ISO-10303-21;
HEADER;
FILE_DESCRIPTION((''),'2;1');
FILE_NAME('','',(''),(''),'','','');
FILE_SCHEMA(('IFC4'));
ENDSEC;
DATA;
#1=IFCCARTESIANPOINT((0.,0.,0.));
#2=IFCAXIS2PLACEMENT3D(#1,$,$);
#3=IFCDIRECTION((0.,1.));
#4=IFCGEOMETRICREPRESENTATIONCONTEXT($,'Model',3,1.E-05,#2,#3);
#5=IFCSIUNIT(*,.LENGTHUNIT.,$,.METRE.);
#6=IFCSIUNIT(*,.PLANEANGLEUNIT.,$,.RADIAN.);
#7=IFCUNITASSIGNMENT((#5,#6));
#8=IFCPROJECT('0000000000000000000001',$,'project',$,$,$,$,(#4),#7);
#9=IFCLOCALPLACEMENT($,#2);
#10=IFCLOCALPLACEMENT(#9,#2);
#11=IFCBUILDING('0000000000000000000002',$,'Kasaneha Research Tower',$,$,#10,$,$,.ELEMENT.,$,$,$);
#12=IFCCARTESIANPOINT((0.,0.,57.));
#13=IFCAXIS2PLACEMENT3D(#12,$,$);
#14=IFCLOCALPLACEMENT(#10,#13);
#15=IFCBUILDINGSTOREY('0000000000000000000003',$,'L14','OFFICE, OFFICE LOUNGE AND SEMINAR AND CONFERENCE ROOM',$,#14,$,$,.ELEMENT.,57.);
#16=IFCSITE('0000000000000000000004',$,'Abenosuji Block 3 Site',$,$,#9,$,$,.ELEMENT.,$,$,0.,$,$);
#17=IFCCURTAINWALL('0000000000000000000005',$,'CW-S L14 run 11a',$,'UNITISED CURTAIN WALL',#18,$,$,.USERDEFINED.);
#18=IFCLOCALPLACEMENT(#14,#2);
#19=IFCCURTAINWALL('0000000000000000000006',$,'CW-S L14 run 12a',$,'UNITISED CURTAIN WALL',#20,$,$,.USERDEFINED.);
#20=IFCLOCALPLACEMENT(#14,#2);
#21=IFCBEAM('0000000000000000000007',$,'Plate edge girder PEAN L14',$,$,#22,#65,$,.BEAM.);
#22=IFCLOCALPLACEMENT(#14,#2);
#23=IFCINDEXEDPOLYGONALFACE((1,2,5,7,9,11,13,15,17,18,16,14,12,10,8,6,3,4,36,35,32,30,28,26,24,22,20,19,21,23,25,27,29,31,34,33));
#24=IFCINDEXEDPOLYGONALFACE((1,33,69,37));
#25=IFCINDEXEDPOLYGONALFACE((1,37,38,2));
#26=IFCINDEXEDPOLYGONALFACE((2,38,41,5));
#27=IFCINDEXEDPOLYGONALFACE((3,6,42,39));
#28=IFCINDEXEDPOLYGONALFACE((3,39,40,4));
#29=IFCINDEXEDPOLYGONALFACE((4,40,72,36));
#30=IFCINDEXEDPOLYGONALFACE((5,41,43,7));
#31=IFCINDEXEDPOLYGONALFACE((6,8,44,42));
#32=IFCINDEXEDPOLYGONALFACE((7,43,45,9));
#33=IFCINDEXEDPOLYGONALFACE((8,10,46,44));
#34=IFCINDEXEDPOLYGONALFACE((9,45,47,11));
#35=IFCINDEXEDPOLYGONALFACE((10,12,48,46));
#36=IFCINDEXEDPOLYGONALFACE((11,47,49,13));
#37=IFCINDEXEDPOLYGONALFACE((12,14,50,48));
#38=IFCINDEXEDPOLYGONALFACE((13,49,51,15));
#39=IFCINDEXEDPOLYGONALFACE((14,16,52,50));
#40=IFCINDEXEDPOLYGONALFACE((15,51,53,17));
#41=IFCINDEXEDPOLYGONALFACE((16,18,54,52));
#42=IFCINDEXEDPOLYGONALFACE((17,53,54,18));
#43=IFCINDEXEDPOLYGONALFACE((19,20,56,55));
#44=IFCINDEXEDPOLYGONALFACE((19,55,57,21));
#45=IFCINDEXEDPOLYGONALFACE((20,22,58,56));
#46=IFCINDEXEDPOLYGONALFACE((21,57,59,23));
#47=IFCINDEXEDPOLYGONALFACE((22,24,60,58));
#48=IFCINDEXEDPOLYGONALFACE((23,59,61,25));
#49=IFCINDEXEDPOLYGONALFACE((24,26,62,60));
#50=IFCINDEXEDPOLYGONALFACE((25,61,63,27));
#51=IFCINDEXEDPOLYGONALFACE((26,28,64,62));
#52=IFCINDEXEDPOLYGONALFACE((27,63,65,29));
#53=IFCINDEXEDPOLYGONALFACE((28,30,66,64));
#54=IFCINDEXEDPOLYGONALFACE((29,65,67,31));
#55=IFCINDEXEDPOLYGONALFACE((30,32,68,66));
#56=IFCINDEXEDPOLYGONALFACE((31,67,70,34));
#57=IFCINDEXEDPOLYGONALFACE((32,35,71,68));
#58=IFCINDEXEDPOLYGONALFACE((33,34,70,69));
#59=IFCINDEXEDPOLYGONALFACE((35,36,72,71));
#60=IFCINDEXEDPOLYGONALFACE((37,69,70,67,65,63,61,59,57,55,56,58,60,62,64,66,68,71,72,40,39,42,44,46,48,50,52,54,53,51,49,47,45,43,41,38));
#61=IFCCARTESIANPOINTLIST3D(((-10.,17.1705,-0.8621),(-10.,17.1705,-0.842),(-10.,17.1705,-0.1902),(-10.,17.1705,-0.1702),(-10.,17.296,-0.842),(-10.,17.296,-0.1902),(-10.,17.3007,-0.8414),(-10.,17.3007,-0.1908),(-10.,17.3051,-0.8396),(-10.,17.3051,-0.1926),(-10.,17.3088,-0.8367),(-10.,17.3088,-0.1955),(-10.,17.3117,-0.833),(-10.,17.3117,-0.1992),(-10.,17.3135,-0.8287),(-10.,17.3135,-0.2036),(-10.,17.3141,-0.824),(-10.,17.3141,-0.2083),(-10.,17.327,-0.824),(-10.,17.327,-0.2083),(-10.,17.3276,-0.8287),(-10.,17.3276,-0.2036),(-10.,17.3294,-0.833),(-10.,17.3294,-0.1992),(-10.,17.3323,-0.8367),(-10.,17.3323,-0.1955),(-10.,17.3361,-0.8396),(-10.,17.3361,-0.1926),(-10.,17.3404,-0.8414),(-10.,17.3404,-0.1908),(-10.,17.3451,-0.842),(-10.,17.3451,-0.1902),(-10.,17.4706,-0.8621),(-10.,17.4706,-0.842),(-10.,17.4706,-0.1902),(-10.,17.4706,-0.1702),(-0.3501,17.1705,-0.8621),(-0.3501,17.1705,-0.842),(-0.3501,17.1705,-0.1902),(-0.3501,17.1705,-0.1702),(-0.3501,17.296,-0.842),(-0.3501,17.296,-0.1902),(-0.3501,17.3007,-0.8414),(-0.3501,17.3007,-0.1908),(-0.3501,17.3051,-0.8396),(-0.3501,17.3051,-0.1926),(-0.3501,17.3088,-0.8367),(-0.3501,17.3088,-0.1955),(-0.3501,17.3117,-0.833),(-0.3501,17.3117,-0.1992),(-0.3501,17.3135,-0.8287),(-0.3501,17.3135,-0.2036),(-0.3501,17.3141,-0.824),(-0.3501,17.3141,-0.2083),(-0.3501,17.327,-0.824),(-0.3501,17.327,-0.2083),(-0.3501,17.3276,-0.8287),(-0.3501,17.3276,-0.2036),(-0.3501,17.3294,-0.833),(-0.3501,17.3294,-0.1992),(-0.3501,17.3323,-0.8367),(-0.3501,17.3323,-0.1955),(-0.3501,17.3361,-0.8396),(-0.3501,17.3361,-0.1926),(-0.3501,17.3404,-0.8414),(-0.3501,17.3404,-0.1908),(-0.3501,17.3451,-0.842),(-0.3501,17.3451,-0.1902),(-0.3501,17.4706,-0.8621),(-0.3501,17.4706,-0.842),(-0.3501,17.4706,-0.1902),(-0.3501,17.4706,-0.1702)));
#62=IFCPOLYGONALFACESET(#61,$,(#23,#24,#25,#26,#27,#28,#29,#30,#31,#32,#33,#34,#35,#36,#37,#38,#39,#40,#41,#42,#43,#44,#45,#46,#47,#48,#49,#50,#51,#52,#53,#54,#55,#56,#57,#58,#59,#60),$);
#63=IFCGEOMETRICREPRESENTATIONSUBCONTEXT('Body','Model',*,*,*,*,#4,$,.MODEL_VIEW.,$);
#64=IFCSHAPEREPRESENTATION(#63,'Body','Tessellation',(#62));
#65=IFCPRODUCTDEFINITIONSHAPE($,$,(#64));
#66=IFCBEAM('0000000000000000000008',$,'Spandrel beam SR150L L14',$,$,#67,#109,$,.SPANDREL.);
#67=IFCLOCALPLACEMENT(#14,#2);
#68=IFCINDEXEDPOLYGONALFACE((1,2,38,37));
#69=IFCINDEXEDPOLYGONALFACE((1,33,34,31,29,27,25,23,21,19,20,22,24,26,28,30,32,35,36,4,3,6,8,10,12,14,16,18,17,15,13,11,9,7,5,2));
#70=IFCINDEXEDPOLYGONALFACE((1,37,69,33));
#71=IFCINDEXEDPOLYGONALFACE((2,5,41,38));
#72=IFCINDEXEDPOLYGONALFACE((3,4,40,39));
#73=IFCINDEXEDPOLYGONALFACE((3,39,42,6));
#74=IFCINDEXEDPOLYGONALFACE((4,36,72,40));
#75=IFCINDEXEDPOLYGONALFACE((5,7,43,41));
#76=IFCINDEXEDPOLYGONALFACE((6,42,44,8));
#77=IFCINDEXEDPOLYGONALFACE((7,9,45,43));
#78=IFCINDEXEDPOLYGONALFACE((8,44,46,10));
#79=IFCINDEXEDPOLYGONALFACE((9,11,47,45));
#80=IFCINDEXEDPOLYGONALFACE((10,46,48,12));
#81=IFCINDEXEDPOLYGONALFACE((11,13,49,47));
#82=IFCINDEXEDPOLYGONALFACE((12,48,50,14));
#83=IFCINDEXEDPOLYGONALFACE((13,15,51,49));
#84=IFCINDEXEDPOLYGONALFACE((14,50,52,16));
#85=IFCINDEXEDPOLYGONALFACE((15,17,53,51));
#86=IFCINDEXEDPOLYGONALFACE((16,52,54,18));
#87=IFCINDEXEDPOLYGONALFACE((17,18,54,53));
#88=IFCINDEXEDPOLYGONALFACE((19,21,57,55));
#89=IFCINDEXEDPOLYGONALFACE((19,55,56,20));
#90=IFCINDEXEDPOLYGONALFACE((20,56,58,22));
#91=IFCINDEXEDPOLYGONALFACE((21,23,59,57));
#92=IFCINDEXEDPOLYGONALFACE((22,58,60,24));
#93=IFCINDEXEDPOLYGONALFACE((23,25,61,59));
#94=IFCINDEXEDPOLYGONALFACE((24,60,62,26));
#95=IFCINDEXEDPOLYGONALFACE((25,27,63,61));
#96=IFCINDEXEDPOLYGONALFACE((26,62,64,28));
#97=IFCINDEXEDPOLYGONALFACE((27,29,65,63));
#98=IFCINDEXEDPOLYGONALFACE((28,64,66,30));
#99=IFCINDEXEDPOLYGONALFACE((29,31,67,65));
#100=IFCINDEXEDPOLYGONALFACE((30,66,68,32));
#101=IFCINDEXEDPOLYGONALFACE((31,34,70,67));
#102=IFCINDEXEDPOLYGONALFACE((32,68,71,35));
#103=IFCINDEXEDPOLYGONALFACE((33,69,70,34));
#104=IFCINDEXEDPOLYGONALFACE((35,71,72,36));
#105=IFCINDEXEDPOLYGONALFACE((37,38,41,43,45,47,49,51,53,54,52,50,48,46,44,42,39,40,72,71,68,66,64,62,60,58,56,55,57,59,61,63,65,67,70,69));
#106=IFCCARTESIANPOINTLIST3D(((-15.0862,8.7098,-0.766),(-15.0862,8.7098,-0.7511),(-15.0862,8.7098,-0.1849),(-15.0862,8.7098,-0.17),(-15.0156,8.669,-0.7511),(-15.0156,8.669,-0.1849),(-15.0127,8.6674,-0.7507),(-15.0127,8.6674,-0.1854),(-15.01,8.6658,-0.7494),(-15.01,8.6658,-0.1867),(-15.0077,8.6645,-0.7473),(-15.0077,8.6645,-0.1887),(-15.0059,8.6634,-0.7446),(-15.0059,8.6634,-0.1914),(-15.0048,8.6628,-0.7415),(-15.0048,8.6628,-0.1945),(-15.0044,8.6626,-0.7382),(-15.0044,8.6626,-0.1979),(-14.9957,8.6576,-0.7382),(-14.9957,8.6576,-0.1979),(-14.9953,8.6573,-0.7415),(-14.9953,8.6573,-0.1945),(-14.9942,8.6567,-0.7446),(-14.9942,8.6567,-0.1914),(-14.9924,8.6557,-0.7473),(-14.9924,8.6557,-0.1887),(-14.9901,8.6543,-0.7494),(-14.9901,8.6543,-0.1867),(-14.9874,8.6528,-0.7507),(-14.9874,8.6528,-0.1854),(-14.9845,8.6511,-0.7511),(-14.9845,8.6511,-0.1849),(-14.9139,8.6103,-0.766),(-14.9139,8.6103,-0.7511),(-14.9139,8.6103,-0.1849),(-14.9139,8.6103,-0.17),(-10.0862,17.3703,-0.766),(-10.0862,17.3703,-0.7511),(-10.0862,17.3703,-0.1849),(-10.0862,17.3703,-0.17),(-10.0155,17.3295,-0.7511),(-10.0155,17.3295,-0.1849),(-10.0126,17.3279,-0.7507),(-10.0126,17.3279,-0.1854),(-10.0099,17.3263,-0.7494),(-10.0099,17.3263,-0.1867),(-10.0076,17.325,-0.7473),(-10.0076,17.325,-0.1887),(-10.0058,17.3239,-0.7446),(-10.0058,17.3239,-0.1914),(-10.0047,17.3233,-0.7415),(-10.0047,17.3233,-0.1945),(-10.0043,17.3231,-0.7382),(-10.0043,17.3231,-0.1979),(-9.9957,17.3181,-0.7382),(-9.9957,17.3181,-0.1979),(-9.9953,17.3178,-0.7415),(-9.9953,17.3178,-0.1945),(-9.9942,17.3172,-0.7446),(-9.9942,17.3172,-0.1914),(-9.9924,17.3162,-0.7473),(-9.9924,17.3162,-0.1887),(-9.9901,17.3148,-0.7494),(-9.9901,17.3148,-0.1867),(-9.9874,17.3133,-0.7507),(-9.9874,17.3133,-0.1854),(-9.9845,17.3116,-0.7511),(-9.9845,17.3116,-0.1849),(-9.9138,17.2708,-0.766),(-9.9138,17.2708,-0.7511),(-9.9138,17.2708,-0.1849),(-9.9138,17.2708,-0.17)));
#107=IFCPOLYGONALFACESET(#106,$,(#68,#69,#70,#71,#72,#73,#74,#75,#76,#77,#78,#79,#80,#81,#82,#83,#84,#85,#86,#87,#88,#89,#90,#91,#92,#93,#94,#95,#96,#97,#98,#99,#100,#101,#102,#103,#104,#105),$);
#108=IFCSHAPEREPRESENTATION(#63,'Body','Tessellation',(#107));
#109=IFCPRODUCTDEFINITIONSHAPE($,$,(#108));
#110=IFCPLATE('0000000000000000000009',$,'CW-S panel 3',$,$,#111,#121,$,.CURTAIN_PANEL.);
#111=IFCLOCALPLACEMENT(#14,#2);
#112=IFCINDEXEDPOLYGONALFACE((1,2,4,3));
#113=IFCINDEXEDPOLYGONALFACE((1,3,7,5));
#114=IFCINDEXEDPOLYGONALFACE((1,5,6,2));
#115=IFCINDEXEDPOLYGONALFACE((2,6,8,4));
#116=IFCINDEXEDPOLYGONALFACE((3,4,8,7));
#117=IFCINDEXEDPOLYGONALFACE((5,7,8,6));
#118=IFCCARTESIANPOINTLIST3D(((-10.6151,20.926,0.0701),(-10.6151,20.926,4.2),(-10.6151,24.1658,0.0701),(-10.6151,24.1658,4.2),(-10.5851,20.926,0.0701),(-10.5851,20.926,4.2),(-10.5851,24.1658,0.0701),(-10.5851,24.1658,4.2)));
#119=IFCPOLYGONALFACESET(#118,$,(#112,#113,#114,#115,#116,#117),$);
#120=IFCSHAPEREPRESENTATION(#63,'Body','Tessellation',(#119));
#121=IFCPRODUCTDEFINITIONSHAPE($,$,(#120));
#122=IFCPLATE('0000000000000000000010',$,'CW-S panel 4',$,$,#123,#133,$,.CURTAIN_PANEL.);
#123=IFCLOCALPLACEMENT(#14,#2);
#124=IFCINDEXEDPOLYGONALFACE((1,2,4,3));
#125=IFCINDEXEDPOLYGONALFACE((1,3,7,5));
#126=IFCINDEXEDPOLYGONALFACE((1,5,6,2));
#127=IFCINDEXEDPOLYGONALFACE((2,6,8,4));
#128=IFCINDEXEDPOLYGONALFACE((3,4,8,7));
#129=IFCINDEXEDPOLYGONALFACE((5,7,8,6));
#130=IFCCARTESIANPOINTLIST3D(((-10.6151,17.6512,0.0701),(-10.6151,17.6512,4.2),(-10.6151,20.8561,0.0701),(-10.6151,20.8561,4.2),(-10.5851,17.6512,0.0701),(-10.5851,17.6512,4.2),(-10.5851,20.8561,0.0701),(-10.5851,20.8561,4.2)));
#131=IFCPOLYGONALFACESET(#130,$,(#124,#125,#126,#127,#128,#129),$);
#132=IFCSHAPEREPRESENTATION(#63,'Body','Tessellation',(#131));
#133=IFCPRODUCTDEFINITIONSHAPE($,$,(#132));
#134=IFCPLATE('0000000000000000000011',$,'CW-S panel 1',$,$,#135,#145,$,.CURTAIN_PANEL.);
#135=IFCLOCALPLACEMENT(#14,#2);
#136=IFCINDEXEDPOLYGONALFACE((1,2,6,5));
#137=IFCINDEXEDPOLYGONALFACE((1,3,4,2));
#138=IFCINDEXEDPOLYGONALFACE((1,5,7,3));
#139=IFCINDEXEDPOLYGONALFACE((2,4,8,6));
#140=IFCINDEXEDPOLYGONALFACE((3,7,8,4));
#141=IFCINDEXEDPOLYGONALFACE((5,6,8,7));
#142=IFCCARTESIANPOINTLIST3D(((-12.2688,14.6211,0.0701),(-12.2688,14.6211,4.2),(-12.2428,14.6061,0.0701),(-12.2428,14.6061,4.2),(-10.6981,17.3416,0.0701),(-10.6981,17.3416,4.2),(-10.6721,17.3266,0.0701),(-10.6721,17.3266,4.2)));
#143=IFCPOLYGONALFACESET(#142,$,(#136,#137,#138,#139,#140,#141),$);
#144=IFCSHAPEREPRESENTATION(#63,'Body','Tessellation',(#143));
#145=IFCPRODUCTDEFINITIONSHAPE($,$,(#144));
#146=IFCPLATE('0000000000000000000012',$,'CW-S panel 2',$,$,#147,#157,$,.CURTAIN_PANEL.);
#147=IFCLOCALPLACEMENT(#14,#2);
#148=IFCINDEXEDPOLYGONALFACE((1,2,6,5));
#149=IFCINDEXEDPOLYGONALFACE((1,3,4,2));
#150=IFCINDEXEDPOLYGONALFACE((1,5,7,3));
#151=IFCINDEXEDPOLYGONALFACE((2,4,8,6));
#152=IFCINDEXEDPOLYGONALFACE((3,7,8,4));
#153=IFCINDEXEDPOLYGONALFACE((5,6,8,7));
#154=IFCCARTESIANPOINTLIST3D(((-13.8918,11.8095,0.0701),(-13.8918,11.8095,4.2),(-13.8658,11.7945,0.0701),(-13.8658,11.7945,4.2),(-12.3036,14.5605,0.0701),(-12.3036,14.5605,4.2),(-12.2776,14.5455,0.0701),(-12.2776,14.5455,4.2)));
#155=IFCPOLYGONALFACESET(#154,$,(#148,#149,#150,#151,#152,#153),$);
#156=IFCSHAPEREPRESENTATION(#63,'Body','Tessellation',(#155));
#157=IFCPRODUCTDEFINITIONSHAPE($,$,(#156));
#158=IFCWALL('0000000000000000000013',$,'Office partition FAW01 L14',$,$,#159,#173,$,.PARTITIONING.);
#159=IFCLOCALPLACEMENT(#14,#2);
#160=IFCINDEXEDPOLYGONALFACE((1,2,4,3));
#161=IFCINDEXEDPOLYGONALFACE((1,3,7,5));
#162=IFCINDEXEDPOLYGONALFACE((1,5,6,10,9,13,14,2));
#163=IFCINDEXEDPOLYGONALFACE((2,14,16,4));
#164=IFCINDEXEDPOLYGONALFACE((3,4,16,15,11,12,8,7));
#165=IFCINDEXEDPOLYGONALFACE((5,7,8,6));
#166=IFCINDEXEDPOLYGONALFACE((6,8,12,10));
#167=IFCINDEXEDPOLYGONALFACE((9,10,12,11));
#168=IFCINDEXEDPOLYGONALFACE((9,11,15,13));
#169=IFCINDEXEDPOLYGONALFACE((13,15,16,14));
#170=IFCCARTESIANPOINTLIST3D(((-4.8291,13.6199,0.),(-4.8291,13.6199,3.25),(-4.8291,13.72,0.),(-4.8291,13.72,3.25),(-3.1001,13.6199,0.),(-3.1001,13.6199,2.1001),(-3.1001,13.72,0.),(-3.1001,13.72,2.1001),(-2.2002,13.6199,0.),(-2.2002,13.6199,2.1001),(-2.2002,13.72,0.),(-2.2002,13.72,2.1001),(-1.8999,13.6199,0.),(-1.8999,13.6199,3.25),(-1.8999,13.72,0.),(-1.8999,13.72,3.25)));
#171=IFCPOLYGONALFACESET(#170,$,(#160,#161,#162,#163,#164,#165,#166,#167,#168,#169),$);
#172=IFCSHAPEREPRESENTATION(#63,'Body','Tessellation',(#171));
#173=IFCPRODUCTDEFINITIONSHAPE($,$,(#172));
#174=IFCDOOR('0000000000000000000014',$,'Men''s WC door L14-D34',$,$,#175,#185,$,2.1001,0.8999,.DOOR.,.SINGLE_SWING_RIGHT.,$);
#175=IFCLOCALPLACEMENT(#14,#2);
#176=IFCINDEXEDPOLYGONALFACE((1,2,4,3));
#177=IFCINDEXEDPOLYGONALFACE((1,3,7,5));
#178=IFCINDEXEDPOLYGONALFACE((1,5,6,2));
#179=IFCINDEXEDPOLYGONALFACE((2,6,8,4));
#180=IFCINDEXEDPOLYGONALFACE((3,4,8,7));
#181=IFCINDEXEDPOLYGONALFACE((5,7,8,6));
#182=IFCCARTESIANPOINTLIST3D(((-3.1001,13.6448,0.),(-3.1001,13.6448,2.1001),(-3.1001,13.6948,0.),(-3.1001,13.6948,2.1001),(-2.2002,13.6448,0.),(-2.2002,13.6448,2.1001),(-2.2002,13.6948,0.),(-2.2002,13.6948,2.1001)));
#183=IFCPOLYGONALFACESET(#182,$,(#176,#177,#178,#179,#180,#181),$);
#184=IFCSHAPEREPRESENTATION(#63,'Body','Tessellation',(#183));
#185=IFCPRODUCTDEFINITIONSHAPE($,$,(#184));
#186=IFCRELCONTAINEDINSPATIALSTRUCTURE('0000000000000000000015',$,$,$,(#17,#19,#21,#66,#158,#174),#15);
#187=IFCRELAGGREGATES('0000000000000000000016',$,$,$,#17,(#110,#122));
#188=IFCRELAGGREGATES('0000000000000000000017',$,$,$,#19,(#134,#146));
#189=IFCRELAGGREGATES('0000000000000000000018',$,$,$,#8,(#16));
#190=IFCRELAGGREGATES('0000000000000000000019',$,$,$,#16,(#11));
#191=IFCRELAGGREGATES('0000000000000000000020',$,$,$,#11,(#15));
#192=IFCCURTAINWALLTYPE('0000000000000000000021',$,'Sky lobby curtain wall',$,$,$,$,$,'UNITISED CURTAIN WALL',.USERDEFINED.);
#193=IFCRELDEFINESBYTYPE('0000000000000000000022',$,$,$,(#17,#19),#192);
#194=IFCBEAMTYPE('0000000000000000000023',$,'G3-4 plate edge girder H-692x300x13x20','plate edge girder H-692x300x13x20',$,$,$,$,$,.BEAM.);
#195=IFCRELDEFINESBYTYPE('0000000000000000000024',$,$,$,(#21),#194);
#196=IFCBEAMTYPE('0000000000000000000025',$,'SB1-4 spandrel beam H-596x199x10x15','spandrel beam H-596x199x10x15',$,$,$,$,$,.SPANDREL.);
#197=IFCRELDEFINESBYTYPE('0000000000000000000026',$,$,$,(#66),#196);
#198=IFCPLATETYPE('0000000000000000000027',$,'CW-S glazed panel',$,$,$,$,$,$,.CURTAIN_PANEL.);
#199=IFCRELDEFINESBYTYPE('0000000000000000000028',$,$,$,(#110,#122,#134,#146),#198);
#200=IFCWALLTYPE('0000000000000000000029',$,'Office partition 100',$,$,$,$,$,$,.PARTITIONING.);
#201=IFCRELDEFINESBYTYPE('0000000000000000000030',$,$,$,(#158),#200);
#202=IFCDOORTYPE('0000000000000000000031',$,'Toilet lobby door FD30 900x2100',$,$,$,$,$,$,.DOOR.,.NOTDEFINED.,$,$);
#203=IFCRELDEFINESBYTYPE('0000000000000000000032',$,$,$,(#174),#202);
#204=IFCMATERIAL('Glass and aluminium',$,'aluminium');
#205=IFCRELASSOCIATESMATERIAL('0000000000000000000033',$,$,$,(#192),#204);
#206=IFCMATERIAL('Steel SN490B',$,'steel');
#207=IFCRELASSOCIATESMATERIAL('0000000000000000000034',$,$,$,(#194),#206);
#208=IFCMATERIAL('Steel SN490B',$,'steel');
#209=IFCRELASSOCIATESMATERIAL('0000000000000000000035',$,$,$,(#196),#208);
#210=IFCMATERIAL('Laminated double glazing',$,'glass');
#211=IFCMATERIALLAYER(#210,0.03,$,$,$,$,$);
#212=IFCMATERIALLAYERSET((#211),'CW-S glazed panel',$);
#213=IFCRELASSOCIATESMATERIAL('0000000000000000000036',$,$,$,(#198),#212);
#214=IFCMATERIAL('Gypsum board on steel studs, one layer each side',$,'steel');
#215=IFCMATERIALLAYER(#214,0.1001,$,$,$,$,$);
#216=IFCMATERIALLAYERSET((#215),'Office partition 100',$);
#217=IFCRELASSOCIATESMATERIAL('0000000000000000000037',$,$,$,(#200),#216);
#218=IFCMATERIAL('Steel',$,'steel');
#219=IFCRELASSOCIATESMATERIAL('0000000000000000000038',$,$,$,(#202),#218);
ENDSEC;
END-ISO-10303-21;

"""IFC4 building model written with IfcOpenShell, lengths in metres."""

from ifc_helpers import new_model, si_unit, direction, frame, frame_2d, origin, origin_2d, place, context, subcontext, project, spatial, rectangle, i_section, extrude, material, layer, layer_set, material_profile, profile_set, type_object, element, fill, aggregate, save


model = new_model("IFC4")

# Units and contexts
model_context = context("Model", 3, precision=1e-05, world=origin(), true_north=direction((0.0, 1.0)))
body_context = subcontext(model_context, "Body", "Model", "MODEL_VIEW")
ifc_project = project(units=[si_unit("LENGTHUNIT", "METRE"), si_unit("PLANEANGLEUNIT", "RADIAN")], contexts=[model_context])

# Site, building, storey
site_placement = place(None, origin())
site = spatial("IfcSite", under=ifc_project, at=site_placement, Name="Abenosuji Block 3 Site", CompositionType="ELEMENT", RefElevation=0.0)
building_placement = place(site_placement, origin())
building = spatial("IfcBuilding", under=site, at=building_placement, Name="Kasaneha Research Tower", CompositionType="ELEMENT")
storey_placement = place(building_placement, frame((0.0, 0.0, 57.0)))
storey = spatial("IfcBuildingStorey", under=building, at=storey_placement, Name="L14", Description="OFFICE, OFFICE LOUNGE AND SEMINAR AND CONFERENCE ROOM", CompositionType="ELEMENT", Elevation=57.0)

# Curtain walls
ifc_material_1 = material(Name="Glass and aluminium", Category="aluminium")
curtain_wall_type = type_object("IfcCurtainWallType", Name="Sky lobby curtain wall", ElementType="UNITISED CURTAIN WALL", PredefinedType="USERDEFINED", material=ifc_material_1)
curtain_wall_1_placement = place(storey_placement, origin())
curtain_wall_1 = element("IfcCurtainWall", 1, at=curtain_wall_1_placement, inside=storey, type_object=curtain_wall_type, Name="CW-S L14 run 11a", ObjectType="UNITISED CURTAIN WALL", PredefinedType="USERDEFINED")
curtain_wall_2_placement = place(storey_placement, origin())
curtain_wall_2 = element("IfcCurtainWall", 2, at=curtain_wall_2_placement, inside=storey, type_object=curtain_wall_type, Name="CW-S L14 run 12a", ObjectType="UNITISED CURTAIN WALL", PredefinedType="USERDEFINED")

# Beams
ifc_material_2 = material(Name="Steel SN490B", Category="steel")
ifc_material_profile_1 = material_profile(ifc_material_2, i_section(OverallWidth=0.3, OverallDepth=0.6919, WebThickness=0.0129, FlangeThickness=0.02, FilletRadius=0.0181, at=origin_2d()), Name="H-692x300x13x20")
ifc_profile_set_1 = profile_set([ifc_material_profile_1], Name="Steel SN490B")
beam_type_1 = type_object("IfcBeamType", Name="G3-4 plate edge girder H-692x300x13x20", Description="plate edge girder H-692x300x13x20", PredefinedType="BEAM", material=ifc_profile_set_1)
beam_1_placement = place(storey_placement, frame((-10.0, 17.3206, -0.5161), z_axis=(1.0, 0.0, 0.0), x_axis=(0.0, 1.0, 0.0)))
element("IfcBeam", 3, at=beam_1_placement, inside=storey, type_object=beam_type_1, Name="Plate edge girder PEAN L14", PredefinedType="BEAM", context=body_context, shape_type="SweptSolid", body=[
    extrude(i_section(OverallWidth=0.3, OverallDepth=0.6919, WebThickness=0.0129, FlangeThickness=0.02, FilletRadius=0.0181, at=origin_2d()), origin(), (0.0, 0.0, 1.0), 9.6499),
])
ifc_material_3 = material(Name="Steel SN490B", Category="steel")
ifc_material_profile_2 = material_profile(ifc_material_3, i_section(OverallWidth=0.199, OverallDepth=0.5959, WebThickness=0.01, FlangeThickness=0.0149, FilletRadius=0.0129, at=origin_2d()), Name="H-596x199x10x15")
ifc_profile_set_2 = profile_set([ifc_material_profile_2], Name="Steel SN490B")
beam_type_2 = type_object("IfcBeamType", Name="SB1-4 spandrel beam H-596x199x10x15", Description="spandrel beam H-596x199x10x15", PredefinedType="SPANDREL", material=ifc_profile_set_2)
beam_2_placement = place(storey_placement, frame((-10.0, 17.3206, -0.468), z_axis=(-0.499994, -0.866029, 0.0), x_axis=(0.866029, -0.499994, 0.0)))
element("IfcBeam", 4, at=beam_2_placement, inside=storey, type_object=beam_type_2, Name="Spandrel beam SR150L L14", PredefinedType="SPANDREL", context=body_context, shape_type="SweptSolid", body=[
    extrude(i_section(OverallWidth=0.199, OverallDepth=0.5959, WebThickness=0.01, FlangeThickness=0.0149, FilletRadius=0.0129, at=origin_2d()), origin(), (0.0, 0.0, 1.0), 10.0002),
])

# Plates
ifc_material_4 = material(Name="Laminated double glazing", Category="glass")
ifc_layer_1 = layer(ifc_material_4, 0.03)
ifc_layer_set_1 = layer_set([ifc_layer_1], Name="CW-S glazed panel")
plate_type = type_object("IfcPlateType", Name="CW-S glazed panel", PredefinedType="CURTAIN_PANEL", material=ifc_layer_set_1)
plate_1_placement = place(storey_placement, frame((-10.6001, 22.5459, 0.0701), z_axis=(0.0, 0.0, 1.0), x_axis=(0.0, -1.0, 0.0)))
plate_1 = element("IfcPlate", 5, at=plate_1_placement, type_object=plate_type, Name="CW-S panel 3", PredefinedType="CURTAIN_PANEL", context=body_context, shape_type="SweptSolid", body=[
    extrude(rectangle(XDim=3.2397, YDim=0.03, at=origin_2d()), origin(), (0.0, 0.0, 1.0), 4.1299),
])
plate_2_placement = place(storey_placement, frame((-10.6001, 19.2537, 0.0701), z_axis=(0.0, 0.0, 1.0), x_axis=(0.0, -1.0, 0.0)))
plate_2 = element("IfcPlate", 6, at=plate_2_placement, type_object=plate_type, Name="CW-S panel 4", PredefinedType="CURTAIN_PANEL", context=body_context, shape_type="SweptSolid", body=[
    extrude(rectangle(XDim=3.2048, YDim=0.03, at=origin_2d()), origin(), (0.0, 0.0, 1.0), 4.1299),
])
aggregate(curtain_wall_1, [plate_1, plate_2])
plate_3_placement = place(storey_placement, frame((-11.4705, 15.9739, 0.0701), z_axis=(0.0, 0.0, 1.0), x_axis=(-0.5, -0.866025, 0.0)))
plate_3 = element("IfcPlate", 7, at=plate_3_placement, type_object=plate_type, Name="CW-S panel 1", PredefinedType="CURTAIN_PANEL", context=body_context, shape_type="SweptSolid", body=[
    extrude(rectangle(XDim=3.1414, YDim=0.03, at=origin_2d()), origin(), (0.0, 0.0, 1.0), 4.1299),
])
plate_4_placement = place(storey_placement, frame((-13.0847, 13.1775, 0.0701), z_axis=(0.0, 0.0, 1.0), x_axis=(-0.5, -0.866025, 0.0)))
plate_4 = element("IfcPlate", 8, at=plate_4_placement, type_object=plate_type, Name="CW-S panel 2", PredefinedType="CURTAIN_PANEL", context=body_context, shape_type="SweptSolid", body=[
    extrude(rectangle(XDim=3.1765, YDim=0.03, at=origin_2d()), origin(), (0.0, 0.0, 1.0), 4.1299),
])
aggregate(curtain_wall_2, [plate_3, plate_4])

# Wall, opening, door
ifc_material_5 = material(Name="Gypsum board on steel studs, one layer each side", Category="steel")
ifc_layer_2 = layer(ifc_material_5, 0.1001)
ifc_layer_set_2 = layer_set([ifc_layer_2], Name="Office partition 100")
wall_type_1 = type_object("IfcWallType", Name="Office partition 100", PredefinedType="PARTITIONING", material=ifc_layer_set_2)
wall_1_placement = place(storey_placement, frame((-4.8291, 13.6699, 0.0), z_axis=(0.0, 0.0, 1.0), x_axis=(1.0, 0.0, 0.0)))
wall_1 = element("IfcWall", 9, at=wall_1_placement, inside=storey, type_object=wall_type_1, Name="Office partition FAW01 L14", PredefinedType="PARTITIONING", context=body_context, shape_type="SweptSolid", body=[
    extrude(rectangle(XDim=2.9292, YDim=0.1001, at=frame_2d((1.4646, 0.0))), origin(), (0.0, 0.0, 1.0), 3.25),
])
opening_1_placement = place(wall_1_placement, frame((1.729, 0.0, 0.0)))
opening_1 = element("IfcOpeningElement", 10, at=opening_1_placement, cuts=wall_1, PredefinedType="OPENING", context=body_context, shape_type="SweptSolid", body=[
    extrude(rectangle(XDim=0.8999, YDim=2.1001, at=frame_2d((0.45, 1.05))), frame((0.0, 0.0601, 0.0), z_axis=(0.0, -1.0, 0.0), x_axis=(1.0, 0.0, 0.0)), (0.0, 0.0, 1.0), 0.1201),
])
ifc_material_6 = material(Name="Steel", Category="steel")
door_type = type_object("IfcDoorType", Name="Toilet lobby door FD30 900x2100", OperationType="NOTDEFINED", PredefinedType="DOOR", material=ifc_material_6)
door_1_placement = place(opening_1_placement, origin())
door_1 = element("IfcDoor", 11, at=door_1_placement, inside=storey, type_object=door_type, Name="Men's WC door L14-D34", OperationType="SINGLE_SWING_RIGHT", OverallHeight=2.1001, OverallWidth=0.8999, PredefinedType="DOOR", context=body_context, shape_type="SweptSolid", body=[
    extrude(rectangle(XDim=0.8999, YDim=2.1001, at=frame_2d((0.45, 1.05))), frame((0.0, 0.0249, 0.0), z_axis=(0.0, -1.0, 0.0), x_axis=(1.0, 0.0, 0.0)), (0.0, 0.0, 1.0), 0.05),
])
fill(opening_1, door_1)

save(model, "model.ifc")
